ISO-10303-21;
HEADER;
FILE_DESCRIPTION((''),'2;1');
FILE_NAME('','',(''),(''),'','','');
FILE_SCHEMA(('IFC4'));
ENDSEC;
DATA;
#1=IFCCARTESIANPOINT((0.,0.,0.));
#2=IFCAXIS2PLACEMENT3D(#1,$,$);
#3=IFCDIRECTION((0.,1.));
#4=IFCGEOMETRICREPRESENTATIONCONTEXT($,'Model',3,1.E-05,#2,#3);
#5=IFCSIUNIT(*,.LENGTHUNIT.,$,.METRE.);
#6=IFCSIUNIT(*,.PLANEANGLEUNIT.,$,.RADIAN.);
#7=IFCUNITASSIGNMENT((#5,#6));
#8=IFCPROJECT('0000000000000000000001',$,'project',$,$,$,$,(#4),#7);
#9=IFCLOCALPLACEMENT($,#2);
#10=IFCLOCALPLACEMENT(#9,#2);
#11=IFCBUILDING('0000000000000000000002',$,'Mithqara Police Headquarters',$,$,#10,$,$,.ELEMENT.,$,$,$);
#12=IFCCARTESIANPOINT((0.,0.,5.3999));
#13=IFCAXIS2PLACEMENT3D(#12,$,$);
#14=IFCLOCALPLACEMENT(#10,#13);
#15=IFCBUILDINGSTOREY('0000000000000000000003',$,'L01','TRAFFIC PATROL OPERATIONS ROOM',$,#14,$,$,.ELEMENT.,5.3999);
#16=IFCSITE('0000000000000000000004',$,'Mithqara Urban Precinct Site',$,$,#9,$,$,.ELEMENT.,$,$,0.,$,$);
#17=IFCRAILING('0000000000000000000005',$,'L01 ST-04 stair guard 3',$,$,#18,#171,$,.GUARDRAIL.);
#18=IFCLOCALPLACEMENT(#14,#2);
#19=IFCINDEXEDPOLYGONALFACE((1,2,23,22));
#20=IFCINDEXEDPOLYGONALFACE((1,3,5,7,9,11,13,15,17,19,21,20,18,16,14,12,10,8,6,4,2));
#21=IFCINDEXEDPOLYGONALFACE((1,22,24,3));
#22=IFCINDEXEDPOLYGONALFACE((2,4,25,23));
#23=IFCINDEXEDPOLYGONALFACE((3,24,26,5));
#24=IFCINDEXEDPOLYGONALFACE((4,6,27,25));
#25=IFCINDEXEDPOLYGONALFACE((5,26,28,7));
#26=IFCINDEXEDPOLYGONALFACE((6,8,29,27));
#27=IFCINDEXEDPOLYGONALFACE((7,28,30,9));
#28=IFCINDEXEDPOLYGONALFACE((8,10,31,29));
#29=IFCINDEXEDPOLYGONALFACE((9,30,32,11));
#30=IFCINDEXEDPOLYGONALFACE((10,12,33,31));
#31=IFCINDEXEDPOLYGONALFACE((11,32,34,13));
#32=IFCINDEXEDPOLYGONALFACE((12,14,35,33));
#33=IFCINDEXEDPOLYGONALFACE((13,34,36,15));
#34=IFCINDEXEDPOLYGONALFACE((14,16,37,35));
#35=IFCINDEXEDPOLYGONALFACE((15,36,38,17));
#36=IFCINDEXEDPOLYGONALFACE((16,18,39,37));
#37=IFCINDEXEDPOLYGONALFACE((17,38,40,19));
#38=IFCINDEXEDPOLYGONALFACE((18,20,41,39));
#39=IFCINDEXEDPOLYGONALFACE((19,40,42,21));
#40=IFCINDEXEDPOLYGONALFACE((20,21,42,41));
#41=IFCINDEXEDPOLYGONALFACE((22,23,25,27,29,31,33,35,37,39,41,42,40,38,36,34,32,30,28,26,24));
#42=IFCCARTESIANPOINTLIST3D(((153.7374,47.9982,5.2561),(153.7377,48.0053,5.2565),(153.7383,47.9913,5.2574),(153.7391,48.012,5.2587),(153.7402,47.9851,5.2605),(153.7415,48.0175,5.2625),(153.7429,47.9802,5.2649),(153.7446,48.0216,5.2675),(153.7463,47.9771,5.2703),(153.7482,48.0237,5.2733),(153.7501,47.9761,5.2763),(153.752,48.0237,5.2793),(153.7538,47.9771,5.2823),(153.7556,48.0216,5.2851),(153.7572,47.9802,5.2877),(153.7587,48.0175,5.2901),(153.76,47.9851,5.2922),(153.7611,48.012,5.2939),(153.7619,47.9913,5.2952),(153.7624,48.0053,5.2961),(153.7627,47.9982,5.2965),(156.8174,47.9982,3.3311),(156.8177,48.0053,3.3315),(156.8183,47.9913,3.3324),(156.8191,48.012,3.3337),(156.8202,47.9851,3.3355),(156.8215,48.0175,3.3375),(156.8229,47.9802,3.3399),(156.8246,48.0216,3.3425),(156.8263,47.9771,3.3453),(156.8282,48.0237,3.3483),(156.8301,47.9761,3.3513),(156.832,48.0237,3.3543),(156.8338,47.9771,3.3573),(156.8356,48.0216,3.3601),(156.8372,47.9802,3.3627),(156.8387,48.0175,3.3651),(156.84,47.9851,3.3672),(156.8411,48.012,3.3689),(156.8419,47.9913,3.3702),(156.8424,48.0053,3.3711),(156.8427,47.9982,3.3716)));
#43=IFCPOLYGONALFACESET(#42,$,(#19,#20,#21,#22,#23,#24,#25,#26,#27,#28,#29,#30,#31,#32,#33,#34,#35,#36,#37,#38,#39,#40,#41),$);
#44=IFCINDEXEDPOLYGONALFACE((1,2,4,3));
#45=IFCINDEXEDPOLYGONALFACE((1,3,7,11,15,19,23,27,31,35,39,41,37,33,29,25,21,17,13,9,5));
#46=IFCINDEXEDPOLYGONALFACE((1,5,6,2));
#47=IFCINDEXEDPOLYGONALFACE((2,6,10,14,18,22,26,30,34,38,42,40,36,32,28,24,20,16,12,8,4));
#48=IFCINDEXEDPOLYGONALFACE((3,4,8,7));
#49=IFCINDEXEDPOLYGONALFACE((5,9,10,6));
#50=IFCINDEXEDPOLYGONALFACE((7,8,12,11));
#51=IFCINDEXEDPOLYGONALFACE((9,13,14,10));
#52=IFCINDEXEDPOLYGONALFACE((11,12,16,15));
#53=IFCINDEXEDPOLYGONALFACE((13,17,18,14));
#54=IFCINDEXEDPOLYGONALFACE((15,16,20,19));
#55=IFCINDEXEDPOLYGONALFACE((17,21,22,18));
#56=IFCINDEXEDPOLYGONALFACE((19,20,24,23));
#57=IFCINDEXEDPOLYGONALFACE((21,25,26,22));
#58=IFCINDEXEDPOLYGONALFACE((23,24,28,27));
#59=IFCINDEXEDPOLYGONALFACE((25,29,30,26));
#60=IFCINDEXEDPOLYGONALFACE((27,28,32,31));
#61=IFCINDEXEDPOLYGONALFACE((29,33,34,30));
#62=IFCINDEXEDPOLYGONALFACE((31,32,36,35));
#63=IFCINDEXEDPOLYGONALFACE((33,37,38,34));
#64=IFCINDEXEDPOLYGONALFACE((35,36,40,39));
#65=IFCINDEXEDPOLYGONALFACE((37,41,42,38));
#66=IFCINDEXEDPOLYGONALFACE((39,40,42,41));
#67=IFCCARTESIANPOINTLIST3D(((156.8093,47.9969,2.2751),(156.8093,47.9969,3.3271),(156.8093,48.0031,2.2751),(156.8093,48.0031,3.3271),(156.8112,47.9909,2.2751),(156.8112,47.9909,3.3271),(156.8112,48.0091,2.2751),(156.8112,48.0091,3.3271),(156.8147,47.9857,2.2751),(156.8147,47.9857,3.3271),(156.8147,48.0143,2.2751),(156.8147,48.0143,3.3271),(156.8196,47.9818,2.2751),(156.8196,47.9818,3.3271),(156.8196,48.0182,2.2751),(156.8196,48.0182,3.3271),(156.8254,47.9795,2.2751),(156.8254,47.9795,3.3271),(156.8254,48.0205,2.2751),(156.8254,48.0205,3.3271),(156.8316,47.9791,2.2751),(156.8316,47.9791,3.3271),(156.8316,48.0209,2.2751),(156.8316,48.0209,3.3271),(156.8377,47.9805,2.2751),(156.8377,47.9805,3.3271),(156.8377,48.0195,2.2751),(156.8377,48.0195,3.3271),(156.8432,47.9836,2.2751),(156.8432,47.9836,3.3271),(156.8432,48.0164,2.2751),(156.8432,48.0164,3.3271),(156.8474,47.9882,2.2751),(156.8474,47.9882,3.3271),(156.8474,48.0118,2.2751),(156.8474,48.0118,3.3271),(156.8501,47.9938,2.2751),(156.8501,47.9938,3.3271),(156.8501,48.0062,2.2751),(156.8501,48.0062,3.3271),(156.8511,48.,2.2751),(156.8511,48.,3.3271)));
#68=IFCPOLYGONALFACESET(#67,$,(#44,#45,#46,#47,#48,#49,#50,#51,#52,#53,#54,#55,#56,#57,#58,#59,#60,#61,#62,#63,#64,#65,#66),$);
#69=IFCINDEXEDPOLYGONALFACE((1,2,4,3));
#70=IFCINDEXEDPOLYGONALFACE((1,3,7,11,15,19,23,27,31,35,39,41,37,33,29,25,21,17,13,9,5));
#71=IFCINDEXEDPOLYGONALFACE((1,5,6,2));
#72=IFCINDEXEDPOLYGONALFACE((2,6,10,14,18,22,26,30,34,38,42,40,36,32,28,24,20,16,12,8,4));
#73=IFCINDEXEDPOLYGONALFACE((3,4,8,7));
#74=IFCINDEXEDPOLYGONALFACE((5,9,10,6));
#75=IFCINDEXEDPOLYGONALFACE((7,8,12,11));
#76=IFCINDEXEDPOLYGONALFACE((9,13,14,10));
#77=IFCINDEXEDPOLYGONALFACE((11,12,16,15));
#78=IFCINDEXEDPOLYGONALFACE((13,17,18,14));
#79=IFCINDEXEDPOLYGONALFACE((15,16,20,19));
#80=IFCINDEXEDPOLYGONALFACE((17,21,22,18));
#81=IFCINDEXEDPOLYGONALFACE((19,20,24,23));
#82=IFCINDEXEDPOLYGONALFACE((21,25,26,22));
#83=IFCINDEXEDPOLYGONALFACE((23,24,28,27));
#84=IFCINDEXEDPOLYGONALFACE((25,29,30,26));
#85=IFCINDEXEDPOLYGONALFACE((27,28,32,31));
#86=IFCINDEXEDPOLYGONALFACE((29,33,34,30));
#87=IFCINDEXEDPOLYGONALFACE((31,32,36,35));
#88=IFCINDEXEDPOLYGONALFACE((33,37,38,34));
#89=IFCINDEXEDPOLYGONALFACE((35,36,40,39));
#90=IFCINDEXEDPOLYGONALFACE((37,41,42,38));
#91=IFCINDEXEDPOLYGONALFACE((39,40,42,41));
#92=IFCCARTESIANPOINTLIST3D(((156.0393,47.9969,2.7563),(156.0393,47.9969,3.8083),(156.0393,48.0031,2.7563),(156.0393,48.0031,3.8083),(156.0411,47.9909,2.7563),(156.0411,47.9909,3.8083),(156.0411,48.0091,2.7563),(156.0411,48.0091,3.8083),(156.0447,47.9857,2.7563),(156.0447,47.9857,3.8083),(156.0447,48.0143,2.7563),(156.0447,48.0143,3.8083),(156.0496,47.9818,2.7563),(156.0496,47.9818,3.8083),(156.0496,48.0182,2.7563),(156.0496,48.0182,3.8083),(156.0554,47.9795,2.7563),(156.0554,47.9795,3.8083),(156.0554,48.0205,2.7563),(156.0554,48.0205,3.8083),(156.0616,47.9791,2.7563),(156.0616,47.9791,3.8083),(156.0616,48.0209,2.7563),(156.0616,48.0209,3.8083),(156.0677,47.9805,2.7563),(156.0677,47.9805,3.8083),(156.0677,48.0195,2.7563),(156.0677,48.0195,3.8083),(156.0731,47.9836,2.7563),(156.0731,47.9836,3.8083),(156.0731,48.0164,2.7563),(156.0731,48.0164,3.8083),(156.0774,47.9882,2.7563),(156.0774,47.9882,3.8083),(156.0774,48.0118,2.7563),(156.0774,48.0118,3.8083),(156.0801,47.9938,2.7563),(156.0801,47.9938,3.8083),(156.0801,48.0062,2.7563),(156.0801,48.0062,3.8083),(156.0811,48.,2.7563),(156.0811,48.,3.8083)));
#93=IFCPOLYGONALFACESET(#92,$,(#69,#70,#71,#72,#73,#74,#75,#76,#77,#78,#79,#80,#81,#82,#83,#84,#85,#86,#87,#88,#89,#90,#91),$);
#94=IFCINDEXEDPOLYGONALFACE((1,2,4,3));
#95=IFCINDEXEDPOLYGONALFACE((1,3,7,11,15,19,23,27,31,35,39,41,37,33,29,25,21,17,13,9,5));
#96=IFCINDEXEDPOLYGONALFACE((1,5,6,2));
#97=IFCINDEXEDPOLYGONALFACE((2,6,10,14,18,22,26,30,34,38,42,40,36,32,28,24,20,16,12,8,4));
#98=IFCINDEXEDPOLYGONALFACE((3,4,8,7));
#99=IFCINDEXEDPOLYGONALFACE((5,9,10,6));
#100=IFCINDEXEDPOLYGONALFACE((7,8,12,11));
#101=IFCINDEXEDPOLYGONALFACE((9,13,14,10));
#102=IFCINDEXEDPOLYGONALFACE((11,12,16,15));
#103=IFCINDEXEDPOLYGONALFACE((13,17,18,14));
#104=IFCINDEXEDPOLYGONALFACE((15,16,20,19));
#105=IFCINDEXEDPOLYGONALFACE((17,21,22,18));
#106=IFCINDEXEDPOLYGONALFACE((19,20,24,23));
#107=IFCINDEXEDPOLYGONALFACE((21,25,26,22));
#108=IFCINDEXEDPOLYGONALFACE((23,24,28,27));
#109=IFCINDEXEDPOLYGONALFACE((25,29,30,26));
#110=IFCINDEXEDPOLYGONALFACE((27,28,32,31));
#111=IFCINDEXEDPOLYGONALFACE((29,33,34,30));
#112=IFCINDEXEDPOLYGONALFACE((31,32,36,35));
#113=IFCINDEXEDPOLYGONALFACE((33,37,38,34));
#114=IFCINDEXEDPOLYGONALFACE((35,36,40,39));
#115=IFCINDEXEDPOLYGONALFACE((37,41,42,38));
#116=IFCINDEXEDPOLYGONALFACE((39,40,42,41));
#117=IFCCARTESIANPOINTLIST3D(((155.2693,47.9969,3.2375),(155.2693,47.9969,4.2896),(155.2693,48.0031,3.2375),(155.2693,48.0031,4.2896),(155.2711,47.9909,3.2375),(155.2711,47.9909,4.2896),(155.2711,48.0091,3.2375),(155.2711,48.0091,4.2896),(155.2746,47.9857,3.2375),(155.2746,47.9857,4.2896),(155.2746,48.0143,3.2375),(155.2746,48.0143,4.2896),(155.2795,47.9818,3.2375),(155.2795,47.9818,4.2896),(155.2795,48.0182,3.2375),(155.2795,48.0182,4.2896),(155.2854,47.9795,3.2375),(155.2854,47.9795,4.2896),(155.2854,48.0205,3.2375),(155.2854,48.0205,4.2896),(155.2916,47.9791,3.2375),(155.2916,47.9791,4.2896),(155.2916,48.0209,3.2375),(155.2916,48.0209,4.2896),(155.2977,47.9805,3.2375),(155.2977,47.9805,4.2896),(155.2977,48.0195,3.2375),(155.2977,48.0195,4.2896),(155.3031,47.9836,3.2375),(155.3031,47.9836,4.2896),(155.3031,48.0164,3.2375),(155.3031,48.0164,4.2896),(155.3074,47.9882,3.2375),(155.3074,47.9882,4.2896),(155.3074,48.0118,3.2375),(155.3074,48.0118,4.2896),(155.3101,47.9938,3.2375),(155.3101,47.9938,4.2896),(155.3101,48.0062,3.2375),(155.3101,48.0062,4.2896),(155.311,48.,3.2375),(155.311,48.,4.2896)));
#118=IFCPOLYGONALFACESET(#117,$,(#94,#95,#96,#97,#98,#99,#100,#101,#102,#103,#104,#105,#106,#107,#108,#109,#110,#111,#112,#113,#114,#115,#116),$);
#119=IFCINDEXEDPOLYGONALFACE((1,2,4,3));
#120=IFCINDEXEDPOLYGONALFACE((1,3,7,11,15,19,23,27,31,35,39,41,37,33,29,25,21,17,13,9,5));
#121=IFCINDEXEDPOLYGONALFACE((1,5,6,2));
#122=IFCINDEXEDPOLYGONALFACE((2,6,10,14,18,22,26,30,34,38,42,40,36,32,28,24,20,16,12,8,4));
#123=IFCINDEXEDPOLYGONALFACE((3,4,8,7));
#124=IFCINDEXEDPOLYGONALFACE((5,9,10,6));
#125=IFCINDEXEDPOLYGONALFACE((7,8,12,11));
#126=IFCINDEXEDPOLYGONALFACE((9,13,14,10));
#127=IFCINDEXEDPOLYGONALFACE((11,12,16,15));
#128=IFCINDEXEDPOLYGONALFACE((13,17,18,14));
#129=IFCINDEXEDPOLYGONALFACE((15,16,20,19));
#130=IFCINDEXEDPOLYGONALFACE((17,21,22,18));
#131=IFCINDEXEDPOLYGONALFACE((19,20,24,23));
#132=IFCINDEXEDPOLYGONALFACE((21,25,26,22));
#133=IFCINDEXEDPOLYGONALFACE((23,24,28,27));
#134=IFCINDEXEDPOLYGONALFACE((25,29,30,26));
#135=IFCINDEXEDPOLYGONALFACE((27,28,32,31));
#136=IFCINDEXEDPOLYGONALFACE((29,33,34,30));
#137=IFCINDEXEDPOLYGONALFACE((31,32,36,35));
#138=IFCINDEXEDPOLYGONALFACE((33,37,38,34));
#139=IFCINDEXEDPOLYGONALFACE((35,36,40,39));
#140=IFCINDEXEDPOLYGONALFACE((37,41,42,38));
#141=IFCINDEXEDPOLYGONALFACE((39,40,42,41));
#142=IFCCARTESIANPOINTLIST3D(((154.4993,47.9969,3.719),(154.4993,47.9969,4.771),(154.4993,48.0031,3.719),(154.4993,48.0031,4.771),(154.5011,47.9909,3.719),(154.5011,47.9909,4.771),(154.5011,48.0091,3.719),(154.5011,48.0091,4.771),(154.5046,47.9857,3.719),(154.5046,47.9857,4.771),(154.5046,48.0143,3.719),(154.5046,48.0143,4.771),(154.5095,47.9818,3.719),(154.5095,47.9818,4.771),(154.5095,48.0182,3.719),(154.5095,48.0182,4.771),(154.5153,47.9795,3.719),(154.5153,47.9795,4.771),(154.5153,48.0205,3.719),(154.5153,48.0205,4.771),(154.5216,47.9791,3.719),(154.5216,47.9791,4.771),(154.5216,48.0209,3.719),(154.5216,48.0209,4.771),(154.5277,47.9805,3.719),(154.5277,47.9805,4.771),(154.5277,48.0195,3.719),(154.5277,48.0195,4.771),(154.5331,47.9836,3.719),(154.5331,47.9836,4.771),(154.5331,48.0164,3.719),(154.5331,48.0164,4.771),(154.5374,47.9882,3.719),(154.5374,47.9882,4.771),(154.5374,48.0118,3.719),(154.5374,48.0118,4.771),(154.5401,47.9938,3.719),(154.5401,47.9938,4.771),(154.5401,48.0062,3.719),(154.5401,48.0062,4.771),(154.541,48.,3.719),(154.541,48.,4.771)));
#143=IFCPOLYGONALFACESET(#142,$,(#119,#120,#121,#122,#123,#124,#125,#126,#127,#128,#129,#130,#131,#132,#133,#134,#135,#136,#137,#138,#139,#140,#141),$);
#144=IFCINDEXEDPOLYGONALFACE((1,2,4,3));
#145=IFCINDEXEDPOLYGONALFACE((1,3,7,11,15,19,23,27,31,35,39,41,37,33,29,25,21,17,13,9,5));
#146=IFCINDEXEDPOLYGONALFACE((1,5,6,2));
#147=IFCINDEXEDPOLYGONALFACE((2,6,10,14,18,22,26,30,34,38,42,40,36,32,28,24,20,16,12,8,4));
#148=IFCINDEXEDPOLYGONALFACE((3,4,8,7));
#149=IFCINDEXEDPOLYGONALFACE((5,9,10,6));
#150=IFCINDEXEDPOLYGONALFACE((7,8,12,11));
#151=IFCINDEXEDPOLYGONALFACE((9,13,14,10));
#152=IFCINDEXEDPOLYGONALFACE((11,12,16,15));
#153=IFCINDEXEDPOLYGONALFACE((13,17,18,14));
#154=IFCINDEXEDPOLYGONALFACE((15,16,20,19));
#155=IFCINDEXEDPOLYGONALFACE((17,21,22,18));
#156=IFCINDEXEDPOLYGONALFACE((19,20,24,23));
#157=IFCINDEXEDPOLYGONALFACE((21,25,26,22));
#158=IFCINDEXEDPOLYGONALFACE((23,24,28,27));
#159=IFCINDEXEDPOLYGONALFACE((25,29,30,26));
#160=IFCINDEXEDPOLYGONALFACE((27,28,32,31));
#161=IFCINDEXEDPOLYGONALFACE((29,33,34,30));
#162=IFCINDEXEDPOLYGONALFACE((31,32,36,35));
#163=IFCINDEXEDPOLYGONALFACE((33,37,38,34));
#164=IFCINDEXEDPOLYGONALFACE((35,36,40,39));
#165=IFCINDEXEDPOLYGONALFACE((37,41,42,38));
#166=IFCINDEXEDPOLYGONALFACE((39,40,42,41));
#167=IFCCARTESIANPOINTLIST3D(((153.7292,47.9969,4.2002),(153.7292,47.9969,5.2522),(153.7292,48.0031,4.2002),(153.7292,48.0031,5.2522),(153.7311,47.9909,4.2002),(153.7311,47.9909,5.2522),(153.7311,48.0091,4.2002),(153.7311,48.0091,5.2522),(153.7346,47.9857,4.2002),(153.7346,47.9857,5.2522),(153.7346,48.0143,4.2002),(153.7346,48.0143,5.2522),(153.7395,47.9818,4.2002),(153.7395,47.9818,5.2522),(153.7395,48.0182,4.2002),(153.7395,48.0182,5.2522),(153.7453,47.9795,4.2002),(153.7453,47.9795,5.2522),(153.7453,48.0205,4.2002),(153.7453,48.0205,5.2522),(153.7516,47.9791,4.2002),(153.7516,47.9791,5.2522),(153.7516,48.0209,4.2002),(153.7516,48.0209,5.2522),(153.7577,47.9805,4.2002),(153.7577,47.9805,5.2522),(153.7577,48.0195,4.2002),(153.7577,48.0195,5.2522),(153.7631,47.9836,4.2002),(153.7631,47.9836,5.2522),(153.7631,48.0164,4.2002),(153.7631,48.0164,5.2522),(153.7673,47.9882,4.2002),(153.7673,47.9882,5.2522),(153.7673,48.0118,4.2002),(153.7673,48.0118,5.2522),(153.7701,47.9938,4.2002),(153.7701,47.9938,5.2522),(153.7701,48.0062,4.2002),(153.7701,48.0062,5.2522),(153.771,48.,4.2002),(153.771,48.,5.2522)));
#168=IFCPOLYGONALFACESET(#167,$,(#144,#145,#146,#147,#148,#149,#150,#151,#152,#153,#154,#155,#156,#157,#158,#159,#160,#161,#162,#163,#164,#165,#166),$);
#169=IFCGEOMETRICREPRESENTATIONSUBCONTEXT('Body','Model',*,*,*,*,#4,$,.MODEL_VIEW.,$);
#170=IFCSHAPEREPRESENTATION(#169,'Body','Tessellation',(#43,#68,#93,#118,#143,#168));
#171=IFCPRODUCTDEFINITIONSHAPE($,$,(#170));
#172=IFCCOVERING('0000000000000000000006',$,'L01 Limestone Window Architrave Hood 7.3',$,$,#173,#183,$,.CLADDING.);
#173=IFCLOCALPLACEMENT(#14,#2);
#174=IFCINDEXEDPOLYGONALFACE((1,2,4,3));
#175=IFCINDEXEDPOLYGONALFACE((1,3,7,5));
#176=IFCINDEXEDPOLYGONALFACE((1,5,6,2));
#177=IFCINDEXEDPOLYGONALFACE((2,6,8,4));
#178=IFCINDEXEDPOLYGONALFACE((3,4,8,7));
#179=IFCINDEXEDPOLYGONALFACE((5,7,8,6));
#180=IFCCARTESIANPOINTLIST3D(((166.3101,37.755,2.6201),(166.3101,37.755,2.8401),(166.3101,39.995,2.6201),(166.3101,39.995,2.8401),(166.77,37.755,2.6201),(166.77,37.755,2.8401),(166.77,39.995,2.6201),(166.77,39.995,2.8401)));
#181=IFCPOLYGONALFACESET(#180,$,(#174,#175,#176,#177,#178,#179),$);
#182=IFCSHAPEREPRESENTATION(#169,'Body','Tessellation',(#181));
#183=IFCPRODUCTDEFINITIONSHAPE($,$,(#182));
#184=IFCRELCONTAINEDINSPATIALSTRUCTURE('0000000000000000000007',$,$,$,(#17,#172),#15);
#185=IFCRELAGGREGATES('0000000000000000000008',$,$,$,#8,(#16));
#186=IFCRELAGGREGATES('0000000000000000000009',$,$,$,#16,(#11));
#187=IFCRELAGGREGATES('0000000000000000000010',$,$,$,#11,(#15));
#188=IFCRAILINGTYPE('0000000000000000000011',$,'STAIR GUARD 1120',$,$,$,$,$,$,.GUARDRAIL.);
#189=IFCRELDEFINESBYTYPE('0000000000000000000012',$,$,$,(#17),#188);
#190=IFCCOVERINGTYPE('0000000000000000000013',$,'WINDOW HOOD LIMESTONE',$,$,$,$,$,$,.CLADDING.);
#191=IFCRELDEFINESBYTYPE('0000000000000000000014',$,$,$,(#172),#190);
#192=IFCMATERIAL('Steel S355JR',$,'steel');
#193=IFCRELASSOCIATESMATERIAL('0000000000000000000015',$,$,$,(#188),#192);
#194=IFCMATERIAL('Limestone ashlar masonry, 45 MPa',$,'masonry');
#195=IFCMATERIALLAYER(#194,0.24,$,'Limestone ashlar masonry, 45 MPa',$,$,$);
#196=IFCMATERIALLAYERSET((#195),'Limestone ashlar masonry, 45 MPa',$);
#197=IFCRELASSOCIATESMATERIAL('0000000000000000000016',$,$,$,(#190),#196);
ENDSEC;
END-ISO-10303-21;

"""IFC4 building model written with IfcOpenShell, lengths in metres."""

from ifc_helpers import new_model, si_unit, direction, frame, origin, origin_2d, place, context, subcontext, project, spatial, rectangle, circle, extrude, material, layer, layer_set, type_object, element, save


model = new_model("IFC4")

# Units and contexts
model_context = context("Model", 3, precision=1e-05, world=origin(), true_north=direction((0.0, 1.0)))
body_context = subcontext(model_context, "Body", "Model", "MODEL_VIEW")
ifc_project = project(units=[si_unit("LENGTHUNIT", "METRE"), si_unit("PLANEANGLEUNIT", "RADIAN")], contexts=[model_context])

# Site, building, storey
site_placement = place(None, origin())
site = spatial("IfcSite", under=ifc_project, at=site_placement, Name="Mithqara Urban Precinct Site", CompositionType="ELEMENT", RefElevation=0.0)
building_placement = place(site_placement, origin())
building = spatial("IfcBuilding", under=site, at=building_placement, Name="Mithqara Police Headquarters", CompositionType="ELEMENT")
storey_placement = place(building_placement, frame((0.0, 0.0, 5.3999)))
storey = spatial("IfcBuildingStorey", under=building, at=storey_placement, Name="L01", Description="TRAFFIC PATROL OPERATIONS ROOM", CompositionType="ELEMENT", Elevation=5.3999)

# Shared definitions
ifc_material_1 = material(Name="Steel S355JR", Category="steel")

# Railing
railing_type = type_object("IfcRailingType", Name="STAIR GUARD 1120", PredefinedType="GUARDRAIL", material=ifc_material_1)
railing_1_placement = place(storey_placement, frame((156.8301, 48.0, 2.2751)))
element("IfcRailing", 1, at=railing_1_placement, inside=storey, type_object=railing_type, Name="L01 ST-04 stair guard 3", PredefinedType="GUARDRAIL", context=body_context, shape_type="SweptSolid", body=[
    extrude(circle(Radius=0.0239, at=origin_2d()), frame((0.0, 0.0, 1.0762), z_axis=(-0.847998, 0.0, 0.529999), x_axis=(0.0, -1.0, 0.0)), (0.0, 0.0, 1.0), 3.6321),
    extrude(circle(Radius=0.021, at=origin_2d()), origin(), (0.0, 0.0, 1.0), 1.052),
    extrude(circle(Radius=0.021, at=origin_2d()), frame((-0.77, 0.0, 0.4812)), (0.0, 0.0, 1.0), 1.052),
    extrude(circle(Radius=0.021, at=origin_2d()), frame((-1.54, 0.0, 0.9624)), (0.0, 0.0, 1.0), 1.052),
    extrude(circle(Radius=0.021, at=origin_2d()), frame((-2.3101, 0.0, 1.4438)), (0.0, 0.0, 1.0), 1.052),
    extrude(circle(Radius=0.021, at=origin_2d()), frame((-3.0801, 0.0, 1.925)), (0.0, 0.0, 1.0), 1.052),
])

# Covering
ifc_material_2 = material(Name="Limestone ashlar masonry, 45 MPa", Category="masonry")
ifc_layer_1 = layer(ifc_material_2, 0.24, Name="Limestone ashlar masonry, 45 MPa")
ifc_layer_set_1 = layer_set([ifc_layer_1], Name="Limestone ashlar masonry, 45 MPa")
covering_type = type_object("IfcCoveringType", Name="WINDOW HOOD LIMESTONE", PredefinedType="CLADDING", material=ifc_layer_set_1)
covering_placement = place(storey_placement, frame((166.54, 38.875, 2.6201), z_axis=(0.0, 0.0, 1.0), x_axis=(0.0, 1.0, 0.0)))
element("IfcCovering", 2, at=covering_placement, inside=storey, type_object=covering_type, Name="L01 Limestone Window Architrave Hood 7.3", PredefinedType="CLADDING", context=body_context, shape_type="SweptSolid", body=[
    extrude(rectangle(XDim=2.24, YDim=0.46, at=origin_2d()), origin(), (0.0, 0.0, 1.0), 0.22),
])

save(model, "model.ifc")
